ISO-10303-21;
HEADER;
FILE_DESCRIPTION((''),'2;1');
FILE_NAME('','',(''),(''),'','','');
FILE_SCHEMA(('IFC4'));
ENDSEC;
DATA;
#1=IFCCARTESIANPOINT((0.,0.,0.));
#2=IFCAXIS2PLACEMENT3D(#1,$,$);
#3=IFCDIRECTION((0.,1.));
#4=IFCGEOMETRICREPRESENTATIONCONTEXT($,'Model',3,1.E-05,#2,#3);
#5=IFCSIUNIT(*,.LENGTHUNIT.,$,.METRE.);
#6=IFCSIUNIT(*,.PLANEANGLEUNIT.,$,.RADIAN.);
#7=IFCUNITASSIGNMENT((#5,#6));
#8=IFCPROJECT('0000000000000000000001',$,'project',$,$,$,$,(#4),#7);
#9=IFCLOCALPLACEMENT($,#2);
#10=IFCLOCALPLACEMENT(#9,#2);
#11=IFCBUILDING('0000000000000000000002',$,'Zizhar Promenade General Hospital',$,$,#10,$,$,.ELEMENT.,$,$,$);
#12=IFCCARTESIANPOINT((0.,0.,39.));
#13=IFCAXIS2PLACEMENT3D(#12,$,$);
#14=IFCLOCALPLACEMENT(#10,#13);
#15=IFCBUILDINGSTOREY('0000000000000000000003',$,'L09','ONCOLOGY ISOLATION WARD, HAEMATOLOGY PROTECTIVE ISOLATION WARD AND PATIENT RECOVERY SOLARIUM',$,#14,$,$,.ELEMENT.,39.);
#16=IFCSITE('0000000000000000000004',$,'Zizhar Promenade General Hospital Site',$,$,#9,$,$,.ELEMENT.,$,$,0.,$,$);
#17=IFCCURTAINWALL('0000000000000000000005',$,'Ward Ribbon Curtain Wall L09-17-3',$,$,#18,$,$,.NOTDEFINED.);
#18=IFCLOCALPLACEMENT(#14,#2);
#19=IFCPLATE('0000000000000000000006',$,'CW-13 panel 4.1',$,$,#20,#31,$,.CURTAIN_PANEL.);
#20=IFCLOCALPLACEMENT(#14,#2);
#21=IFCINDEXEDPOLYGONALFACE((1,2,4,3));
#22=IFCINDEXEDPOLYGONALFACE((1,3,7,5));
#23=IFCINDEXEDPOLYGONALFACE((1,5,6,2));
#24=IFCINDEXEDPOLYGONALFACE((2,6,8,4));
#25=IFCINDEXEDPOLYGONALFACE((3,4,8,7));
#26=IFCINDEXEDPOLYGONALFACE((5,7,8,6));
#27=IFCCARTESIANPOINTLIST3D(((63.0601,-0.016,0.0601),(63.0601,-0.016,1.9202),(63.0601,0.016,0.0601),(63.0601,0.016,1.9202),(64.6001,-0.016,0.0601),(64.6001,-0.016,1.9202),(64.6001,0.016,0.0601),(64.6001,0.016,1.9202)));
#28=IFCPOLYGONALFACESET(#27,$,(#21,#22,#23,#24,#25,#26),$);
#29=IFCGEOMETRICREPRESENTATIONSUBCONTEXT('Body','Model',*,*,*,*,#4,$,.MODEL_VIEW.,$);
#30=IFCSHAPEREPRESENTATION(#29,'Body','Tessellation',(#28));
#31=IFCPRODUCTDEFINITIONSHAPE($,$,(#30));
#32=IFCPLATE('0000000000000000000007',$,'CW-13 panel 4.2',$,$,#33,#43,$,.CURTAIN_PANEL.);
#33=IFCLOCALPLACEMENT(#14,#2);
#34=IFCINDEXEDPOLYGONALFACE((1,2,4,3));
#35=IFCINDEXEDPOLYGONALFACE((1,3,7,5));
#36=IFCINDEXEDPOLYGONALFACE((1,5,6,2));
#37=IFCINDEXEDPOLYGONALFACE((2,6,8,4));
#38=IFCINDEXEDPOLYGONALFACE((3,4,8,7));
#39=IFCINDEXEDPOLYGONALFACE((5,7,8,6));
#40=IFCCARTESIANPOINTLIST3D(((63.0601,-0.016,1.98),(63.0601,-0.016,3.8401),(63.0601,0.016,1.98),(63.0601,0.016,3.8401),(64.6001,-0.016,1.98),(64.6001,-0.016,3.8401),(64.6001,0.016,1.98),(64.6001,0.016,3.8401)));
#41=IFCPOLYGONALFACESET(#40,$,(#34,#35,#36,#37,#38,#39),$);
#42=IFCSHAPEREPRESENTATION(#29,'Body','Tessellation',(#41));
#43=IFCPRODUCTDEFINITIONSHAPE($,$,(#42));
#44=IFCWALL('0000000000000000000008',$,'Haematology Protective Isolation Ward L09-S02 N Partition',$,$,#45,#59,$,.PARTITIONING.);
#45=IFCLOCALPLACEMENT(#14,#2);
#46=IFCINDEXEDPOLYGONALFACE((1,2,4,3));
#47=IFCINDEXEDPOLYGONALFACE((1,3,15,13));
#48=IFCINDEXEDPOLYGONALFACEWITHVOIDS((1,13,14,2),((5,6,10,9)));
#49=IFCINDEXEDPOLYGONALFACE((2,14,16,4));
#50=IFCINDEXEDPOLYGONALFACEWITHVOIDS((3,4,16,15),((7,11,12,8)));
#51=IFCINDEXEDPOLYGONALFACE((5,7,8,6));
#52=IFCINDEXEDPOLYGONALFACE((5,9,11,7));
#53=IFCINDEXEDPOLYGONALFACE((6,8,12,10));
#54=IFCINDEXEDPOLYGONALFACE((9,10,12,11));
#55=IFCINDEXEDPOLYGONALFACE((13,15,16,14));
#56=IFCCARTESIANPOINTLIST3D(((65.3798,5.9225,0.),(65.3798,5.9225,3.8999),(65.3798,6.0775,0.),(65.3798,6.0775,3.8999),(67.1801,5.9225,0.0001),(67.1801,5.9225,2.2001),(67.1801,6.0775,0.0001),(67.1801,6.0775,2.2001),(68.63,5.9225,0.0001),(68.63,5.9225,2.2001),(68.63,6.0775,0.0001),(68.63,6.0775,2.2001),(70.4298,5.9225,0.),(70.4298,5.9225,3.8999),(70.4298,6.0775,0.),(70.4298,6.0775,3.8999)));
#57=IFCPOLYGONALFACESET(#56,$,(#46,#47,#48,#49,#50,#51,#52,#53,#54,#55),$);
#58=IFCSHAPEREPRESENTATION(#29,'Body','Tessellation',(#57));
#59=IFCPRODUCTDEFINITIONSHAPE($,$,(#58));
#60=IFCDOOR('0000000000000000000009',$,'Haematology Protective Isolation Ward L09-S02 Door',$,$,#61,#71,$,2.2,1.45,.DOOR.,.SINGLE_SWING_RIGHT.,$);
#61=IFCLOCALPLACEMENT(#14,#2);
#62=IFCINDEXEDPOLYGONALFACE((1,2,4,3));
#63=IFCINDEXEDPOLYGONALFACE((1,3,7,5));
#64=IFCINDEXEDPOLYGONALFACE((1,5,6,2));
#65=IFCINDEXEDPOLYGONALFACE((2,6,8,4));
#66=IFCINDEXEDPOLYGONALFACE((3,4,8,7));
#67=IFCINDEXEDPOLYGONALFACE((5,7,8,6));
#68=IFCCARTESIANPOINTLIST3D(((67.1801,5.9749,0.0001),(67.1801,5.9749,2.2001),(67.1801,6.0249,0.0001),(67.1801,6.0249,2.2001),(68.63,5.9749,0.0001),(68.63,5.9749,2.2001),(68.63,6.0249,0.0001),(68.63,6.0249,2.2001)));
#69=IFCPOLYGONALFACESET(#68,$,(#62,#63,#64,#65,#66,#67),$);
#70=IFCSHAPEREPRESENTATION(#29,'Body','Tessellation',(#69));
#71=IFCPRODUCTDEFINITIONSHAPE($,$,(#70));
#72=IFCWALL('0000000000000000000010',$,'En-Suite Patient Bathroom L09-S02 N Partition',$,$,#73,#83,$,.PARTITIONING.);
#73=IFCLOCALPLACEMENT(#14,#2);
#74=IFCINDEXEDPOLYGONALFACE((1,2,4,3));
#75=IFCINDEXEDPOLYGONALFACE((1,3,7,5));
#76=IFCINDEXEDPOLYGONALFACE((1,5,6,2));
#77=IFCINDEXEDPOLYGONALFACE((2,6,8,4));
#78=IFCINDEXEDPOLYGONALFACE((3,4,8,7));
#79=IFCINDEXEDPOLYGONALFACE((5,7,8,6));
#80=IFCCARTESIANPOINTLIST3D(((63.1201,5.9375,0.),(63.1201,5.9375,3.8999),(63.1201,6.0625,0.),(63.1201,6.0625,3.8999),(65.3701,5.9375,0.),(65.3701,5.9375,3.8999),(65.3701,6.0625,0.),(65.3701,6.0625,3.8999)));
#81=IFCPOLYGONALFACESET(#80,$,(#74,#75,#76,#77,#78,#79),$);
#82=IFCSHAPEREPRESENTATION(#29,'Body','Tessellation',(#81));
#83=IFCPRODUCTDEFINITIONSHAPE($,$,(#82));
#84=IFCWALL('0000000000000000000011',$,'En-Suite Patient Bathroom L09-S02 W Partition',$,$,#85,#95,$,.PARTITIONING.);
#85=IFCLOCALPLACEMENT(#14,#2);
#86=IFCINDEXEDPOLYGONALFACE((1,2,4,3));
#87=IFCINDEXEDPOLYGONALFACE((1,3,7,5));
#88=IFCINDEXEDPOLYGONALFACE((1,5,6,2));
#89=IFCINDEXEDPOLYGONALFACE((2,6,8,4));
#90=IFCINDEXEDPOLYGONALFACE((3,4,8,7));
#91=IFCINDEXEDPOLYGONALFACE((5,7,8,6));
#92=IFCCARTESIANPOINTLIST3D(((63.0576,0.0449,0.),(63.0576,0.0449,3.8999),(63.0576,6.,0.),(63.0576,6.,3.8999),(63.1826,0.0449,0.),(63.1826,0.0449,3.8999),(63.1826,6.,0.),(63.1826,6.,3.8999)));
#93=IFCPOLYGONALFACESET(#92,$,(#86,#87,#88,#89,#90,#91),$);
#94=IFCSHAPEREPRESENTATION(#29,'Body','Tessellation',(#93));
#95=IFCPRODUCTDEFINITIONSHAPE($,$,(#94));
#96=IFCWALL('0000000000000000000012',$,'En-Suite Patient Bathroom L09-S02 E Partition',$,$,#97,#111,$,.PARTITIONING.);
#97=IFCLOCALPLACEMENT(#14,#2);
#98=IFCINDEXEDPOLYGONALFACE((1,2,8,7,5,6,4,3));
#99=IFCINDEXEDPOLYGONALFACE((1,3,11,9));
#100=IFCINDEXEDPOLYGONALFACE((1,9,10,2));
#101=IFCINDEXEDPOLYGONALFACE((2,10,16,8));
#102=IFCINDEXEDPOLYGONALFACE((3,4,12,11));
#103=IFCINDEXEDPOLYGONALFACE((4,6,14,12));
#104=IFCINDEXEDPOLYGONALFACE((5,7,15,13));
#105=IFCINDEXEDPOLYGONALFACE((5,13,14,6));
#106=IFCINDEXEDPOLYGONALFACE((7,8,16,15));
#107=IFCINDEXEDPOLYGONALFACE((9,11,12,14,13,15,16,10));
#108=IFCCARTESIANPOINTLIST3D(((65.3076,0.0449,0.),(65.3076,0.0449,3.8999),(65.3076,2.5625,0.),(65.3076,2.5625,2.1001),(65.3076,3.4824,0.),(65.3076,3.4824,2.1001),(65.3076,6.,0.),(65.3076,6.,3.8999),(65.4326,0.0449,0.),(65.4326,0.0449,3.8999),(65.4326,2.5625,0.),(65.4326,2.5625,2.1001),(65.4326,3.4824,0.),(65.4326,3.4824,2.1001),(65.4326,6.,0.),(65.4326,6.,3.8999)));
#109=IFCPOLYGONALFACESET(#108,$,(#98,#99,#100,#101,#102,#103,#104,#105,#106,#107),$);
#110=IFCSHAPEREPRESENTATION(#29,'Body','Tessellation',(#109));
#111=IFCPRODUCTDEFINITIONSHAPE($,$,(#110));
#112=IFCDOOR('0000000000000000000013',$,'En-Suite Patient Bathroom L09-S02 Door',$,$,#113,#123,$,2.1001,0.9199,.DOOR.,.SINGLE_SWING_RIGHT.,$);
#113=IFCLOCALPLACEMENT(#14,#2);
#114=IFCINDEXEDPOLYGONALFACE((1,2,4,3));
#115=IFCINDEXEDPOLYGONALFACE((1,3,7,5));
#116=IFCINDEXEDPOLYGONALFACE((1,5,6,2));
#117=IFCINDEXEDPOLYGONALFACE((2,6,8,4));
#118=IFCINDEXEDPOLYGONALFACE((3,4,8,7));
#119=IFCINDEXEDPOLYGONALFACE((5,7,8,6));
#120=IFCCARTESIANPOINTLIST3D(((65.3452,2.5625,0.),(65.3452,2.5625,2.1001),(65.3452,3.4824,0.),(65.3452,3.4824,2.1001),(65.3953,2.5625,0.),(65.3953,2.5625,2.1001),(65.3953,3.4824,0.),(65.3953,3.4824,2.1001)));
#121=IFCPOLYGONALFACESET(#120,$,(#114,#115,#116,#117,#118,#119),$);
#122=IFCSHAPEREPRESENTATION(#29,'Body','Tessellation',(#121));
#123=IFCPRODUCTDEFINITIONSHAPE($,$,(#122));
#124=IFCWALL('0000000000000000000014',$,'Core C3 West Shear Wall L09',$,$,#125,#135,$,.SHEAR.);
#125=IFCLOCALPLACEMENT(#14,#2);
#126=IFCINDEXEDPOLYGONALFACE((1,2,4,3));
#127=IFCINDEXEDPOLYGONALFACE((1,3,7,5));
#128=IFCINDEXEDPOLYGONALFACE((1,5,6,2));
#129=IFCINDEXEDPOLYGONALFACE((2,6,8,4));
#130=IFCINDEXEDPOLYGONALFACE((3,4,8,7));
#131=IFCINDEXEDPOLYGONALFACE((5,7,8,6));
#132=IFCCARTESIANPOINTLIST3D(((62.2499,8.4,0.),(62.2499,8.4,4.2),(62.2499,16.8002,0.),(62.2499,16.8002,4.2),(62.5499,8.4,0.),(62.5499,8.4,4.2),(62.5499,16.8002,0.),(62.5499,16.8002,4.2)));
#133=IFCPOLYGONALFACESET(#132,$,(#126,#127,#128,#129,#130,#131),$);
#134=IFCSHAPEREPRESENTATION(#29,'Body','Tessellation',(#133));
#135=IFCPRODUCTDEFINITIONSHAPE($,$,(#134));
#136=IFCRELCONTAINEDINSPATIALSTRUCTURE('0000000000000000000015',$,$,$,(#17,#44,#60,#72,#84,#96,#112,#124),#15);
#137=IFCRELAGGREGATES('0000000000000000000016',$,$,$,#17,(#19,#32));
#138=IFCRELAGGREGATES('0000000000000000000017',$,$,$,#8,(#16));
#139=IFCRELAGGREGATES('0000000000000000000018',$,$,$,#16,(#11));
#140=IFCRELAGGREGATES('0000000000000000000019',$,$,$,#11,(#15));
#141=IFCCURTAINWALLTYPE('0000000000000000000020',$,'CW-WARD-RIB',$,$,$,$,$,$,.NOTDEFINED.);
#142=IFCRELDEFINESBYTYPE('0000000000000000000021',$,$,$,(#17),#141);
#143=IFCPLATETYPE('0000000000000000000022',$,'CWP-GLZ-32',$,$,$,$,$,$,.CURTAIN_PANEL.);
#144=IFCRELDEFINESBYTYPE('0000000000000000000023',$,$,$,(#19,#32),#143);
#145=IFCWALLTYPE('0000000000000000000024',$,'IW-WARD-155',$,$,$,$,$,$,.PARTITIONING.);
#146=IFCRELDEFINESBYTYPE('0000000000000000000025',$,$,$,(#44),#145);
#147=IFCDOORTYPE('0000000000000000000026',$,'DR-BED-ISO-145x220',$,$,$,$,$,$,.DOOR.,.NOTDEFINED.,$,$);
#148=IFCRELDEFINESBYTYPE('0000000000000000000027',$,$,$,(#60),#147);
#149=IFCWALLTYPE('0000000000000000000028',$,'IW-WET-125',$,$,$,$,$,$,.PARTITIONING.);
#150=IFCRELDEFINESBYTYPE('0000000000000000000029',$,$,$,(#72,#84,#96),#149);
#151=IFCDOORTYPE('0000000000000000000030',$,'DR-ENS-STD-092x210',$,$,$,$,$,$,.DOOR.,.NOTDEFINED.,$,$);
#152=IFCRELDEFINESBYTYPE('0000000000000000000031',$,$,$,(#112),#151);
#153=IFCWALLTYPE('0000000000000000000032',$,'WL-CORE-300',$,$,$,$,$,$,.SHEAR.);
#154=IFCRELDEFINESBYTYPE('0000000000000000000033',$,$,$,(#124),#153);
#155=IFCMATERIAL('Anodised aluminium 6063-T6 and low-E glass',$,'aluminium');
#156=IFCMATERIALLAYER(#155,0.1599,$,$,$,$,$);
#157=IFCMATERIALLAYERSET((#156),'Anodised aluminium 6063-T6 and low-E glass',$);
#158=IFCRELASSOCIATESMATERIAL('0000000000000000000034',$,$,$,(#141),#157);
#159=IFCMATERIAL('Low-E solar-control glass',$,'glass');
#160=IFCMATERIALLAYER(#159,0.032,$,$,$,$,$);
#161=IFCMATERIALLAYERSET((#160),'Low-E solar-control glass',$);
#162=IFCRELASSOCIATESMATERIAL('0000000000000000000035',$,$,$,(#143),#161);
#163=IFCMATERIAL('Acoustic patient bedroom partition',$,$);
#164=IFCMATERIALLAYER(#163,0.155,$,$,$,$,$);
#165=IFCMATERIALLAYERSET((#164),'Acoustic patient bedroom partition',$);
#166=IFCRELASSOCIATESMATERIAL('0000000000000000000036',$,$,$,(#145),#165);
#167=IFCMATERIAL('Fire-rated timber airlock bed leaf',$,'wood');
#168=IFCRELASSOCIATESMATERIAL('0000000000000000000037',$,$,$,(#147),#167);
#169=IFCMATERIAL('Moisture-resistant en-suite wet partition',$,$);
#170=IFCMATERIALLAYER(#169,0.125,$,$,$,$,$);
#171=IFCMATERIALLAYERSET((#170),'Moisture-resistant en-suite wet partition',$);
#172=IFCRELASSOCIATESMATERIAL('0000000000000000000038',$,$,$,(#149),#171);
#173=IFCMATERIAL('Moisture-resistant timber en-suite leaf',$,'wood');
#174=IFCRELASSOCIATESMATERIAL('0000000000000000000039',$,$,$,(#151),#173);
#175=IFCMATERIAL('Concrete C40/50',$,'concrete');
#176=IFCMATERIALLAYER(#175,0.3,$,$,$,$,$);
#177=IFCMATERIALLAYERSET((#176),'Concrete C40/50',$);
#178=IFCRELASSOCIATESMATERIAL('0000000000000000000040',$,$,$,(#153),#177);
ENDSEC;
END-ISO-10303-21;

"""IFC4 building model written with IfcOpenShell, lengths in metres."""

from ifc_helpers import new_model, si_unit, direction, frame, frame_2d, origin, origin_2d, place, context, subcontext, project, spatial, rectangle, extrude, material, layer, layer_set, type_object, element, fill, aggregate, save


model = new_model("IFC4")

# Units and contexts
model_context = context("Model", 3, precision=1e-05, world=origin(), true_north=direction((0.0, 1.0)))
body_context = subcontext(model_context, "Body", "Model", "MODEL_VIEW")
ifc_project = project(units=[si_unit("LENGTHUNIT", "METRE"), si_unit("PLANEANGLEUNIT", "RADIAN")], contexts=[model_context])

# Site, building, storey
site_placement = place(None, origin())
site = spatial("IfcSite", under=ifc_project, at=site_placement, Name="Zizhar Promenade General Hospital Site", CompositionType="ELEMENT", RefElevation=0.0)
building_placement = place(site_placement, origin())
building = spatial("IfcBuilding", under=site, at=building_placement, Name="Zizhar Promenade General Hospital", CompositionType="ELEMENT")
storey_placement = place(building_placement, frame((0.0, 0.0, 39.0)))
storey = spatial("IfcBuildingStorey", under=building, at=storey_placement, Name="L09", Description="ONCOLOGY ISOLATION WARD, HAEMATOLOGY PROTECTIVE ISOLATION WARD AND PATIENT RECOVERY SOLARIUM", CompositionType="ELEMENT", Elevation=39.0)

# Curtain wall
ifc_material_1 = material(Name="Anodised aluminium 6063-T6 and low-E glass", Category="aluminium")
ifc_layer_1 = layer(ifc_material_1, 0.1599)
ifc_layer_set_1 = layer_set([ifc_layer_1], Name="Anodised aluminium 6063-T6 and low-E glass")
curtain_wall_type = type_object("IfcCurtainWallType", Name="CW-WARD-RIB", PredefinedType="NOTDEFINED", material=ifc_layer_set_1)
curtain_wall_1_placement = place(storey_placement, origin())
curtain_wall_1 = element("IfcCurtainWall", 1, at=curtain_wall_1_placement, inside=storey, type_object=curtain_wall_type, Name="Ward Ribbon Curtain Wall L09-17-3", PredefinedType="NOTDEFINED")

# Plates
ifc_material_2 = material(Name="Low-E solar-control glass", Category="glass")
ifc_layer_2 = layer(ifc_material_2, 0.032)
ifc_layer_set_2 = layer_set([ifc_layer_2], Name="Low-E solar-control glass")
plate_type = type_object("IfcPlateType", Name="CWP-GLZ-32", PredefinedType="CURTAIN_PANEL", material=ifc_layer_set_2)
plate_1_placement = place(storey_placement, frame((63.8301, 0.0, 0.0601), z_axis=(0.0, 0.0, 1.0), x_axis=(-1.0, 0.0, 0.0)))
plate_1 = element("IfcPlate", 2, at=plate_1_placement, type_object=plate_type, Name="CW-13 panel 4.1", PredefinedType="CURTAIN_PANEL", context=body_context, shape_type="SweptSolid", body=[
    extrude(rectangle(XDim=1.54, YDim=0.032, at=origin_2d()), origin(), (0.0, 0.0, 1.0), 1.8601),
])
plate_2_placement = place(storey_placement, frame((63.8301, 0.0, 1.98), z_axis=(0.0, 0.0, 1.0), x_axis=(-1.0, 0.0, 0.0)))
plate_2 = element("IfcPlate", 3, at=plate_2_placement, type_object=plate_type, Name="CW-13 panel 4.2", PredefinedType="CURTAIN_PANEL", context=body_context, shape_type="SweptSolid", body=[
    extrude(rectangle(XDim=1.54, YDim=0.032, at=origin_2d()), origin(), (0.0, 0.0, 1.0), 1.8601),
])
aggregate(curtain_wall_1, [plate_1, plate_2])

# Wall, opening, door
ifc_material_3 = material(Name="Acoustic patient bedroom partition")
ifc_layer_3 = layer(ifc_material_3, 0.155)
ifc_layer_set_3 = layer_set([ifc_layer_3], Name="Acoustic patient bedroom partition")
wall_type_1 = type_object("IfcWallType", Name="IW-WARD-155", PredefinedType="PARTITIONING", material=ifc_layer_set_3)
wall_1_placement = place(storey_placement, frame((65.3799, 6.0, 0.0), z_axis=(0.0, 0.0, 1.0), x_axis=(1.0, 0.0, 0.0)))
wall_1 = element("IfcWall", 4, at=wall_1_placement, inside=storey, type_object=wall_type_1, Name="Haematology Protective Isolation Ward L09-S02 N Partition", PredefinedType="PARTITIONING", context=body_context, shape_type="SweptSolid", body=[
    extrude(rectangle(XDim=5.05, YDim=0.155, at=frame_2d((2.5249, 0.0))), origin(), (0.0, 0.0, 1.0), 3.8999),
])
opening_1_placement = place(wall_1_placement, frame((1.8, 0.0, 0.0)))
opening_1 = element("IfcOpeningElement", 5, at=opening_1_placement, cuts=wall_1, PredefinedType="OPENING", context=body_context, shape_type="SweptSolid", body=[
    extrude(rectangle(XDim=1.45, YDim=2.2, at=frame_2d((0.7251, 1.1001))), frame((0.0, 0.0874, 0.0), z_axis=(0.0, -1.0, 0.0), x_axis=(1.0, 0.0, 0.0)), (0.0, 0.0, 1.0), 0.175),
])
ifc_material_4 = material(Name="Fire-rated timber airlock bed leaf", Category="wood")
door_type_1 = type_object("IfcDoorType", Name="DR-BED-ISO-145x220", OperationType="NOTDEFINED", PredefinedType="DOOR", material=ifc_material_4)
door_1_placement = place(opening_1_placement, origin())
door_1 = element("IfcDoor", 6, at=door_1_placement, inside=storey, type_object=door_type_1, Name="Haematology Protective Isolation Ward L09-S02 Door", OperationType="SINGLE_SWING_RIGHT", OverallHeight=2.2, OverallWidth=1.45, PredefinedType="DOOR", context=body_context, shape_type="SweptSolid", body=[
    extrude(rectangle(XDim=1.45, YDim=2.2, at=frame_2d((0.7251, 1.1001))), frame((0.0, 0.0249, 0.0), z_axis=(0.0, -1.0, 0.0), x_axis=(1.0, 0.0, 0.0)), (0.0, 0.0, 1.0), 0.05),
])
fill(opening_1, door_1)

# Walls
ifc_material_5 = material(Name="Moisture-resistant en-suite wet partition")
ifc_layer_4 = layer(ifc_material_5, 0.125)
ifc_layer_set_4 = layer_set([ifc_layer_4], Name="Moisture-resistant en-suite wet partition")
wall_type_2 = type_object("IfcWallType", Name="IW-WET-125", PredefinedType="PARTITIONING", material=ifc_layer_set_4)
wall_2_placement = place(storey_placement, frame((63.1201, 6.0, 0.0), z_axis=(0.0, 0.0, 1.0), x_axis=(1.0, 0.0, 0.0)))
element("IfcWall", 7, at=wall_2_placement, inside=storey, type_object=wall_type_2, Name="En-Suite Patient Bathroom L09-S02 N Partition", PredefinedType="PARTITIONING", context=body_context, shape_type="SweptSolid", body=[
    extrude(rectangle(XDim=2.25, YDim=0.125, at=frame_2d((1.125, 0.0))), origin(), (0.0, 0.0, 1.0), 3.8999),
])
wall_3_placement = place(storey_placement, frame((63.1201, 0.0449, 0.0), z_axis=(0.0, 0.0, 1.0), x_axis=(0.0, 1.0, 0.0)))
element("IfcWall", 8, at=wall_3_placement, inside=storey, type_object=wall_type_2, Name="En-Suite Patient Bathroom L09-S02 W Partition", PredefinedType="PARTITIONING", context=body_context, shape_type="SweptSolid", body=[
    extrude(rectangle(XDim=5.9551, YDim=0.125, at=frame_2d((2.9775, 0.0))), origin(), (0.0, 0.0, 1.0), 3.8999),
])

# Wall, opening, door
wall_4_placement = place(storey_placement, frame((65.3701, 0.0449, 0.0), z_axis=(0.0, 0.0, 1.0), x_axis=(0.0, 1.0, 0.0)))
wall_4 = element("IfcWall", 9, at=wall_4_placement, inside=storey, type_object=wall_type_2, Name="En-Suite Patient Bathroom L09-S02 E Partition", PredefinedType="PARTITIONING", context=body_context, shape_type="SweptSolid", body=[
    extrude(rectangle(XDim=5.9551, YDim=0.125, at=frame_2d((2.9775, 0.0))), origin(), (0.0, 0.0, 1.0), 3.8999),
])
opening_2_placement = place(wall_4_placement, frame((2.5176, 0.0, 0.0)))
opening_2 = element("IfcOpeningElement", 10, at=opening_2_placement, cuts=wall_4, PredefinedType="OPENING", context=body_context, shape_type="SweptSolid", body=[
    extrude(rectangle(XDim=0.9199, YDim=2.1001, at=frame_2d((0.46, 1.05))), frame((0.0, 0.0725, 0.0), z_axis=(0.0, -1.0, 0.0), x_axis=(1.0, 0.0, 0.0)), (0.0, 0.0, 1.0), 0.145),
])
ifc_material_6 = material(Name="Moisture-resistant timber en-suite leaf", Category="wood")
door_type_2 = type_object("IfcDoorType", Name="DR-ENS-STD-092x210", OperationType="NOTDEFINED", PredefinedType="DOOR", material=ifc_material_6)
door_2_placement = place(opening_2_placement, origin())
door_2 = element("IfcDoor", 11, at=door_2_placement, inside=storey, type_object=door_type_2, Name="En-Suite Patient Bathroom L09-S02 Door", OperationType="SINGLE_SWING_RIGHT", OverallHeight=2.1001, OverallWidth=0.9199, PredefinedType="DOOR", context=body_context, shape_type="SweptSolid", body=[
    extrude(rectangle(XDim=0.9199, YDim=2.1001, at=frame_2d((0.46, 1.05))), frame((0.0, 0.0249, 0.0), z_axis=(0.0, -1.0, 0.0), x_axis=(1.0, 0.0, 0.0)), (0.0, 0.0, 1.0), 0.05),
])
fill(opening_2, door_2)

# Wall
ifc_material_7 = material(Name="Concrete C40/50", Category="concrete")
ifc_layer_5 = layer(ifc_material_7, 0.3)
ifc_layer_set_5 = layer_set([ifc_layer_5], Name="Concrete C40/50")
wall_type_3 = type_object("IfcWallType", Name="WL-CORE-300", PredefinedType="SHEAR", material=ifc_layer_set_5)
wall_5_placement = place(storey_placement, frame((62.3999, 8.3999, 0.0), z_axis=(0.0, 0.0, 1.0), x_axis=(0.0, 1.0, 0.0)))
element("IfcWall", 12, at=wall_5_placement, inside=storey, type_object=wall_type_3, Name="Core C3 West Shear Wall L09", PredefinedType="SHEAR", context=body_context, shape_type="SweptSolid", body=[
    extrude(rectangle(XDim=8.4001, YDim=0.3, at=frame_2d((4.2002, 0.0))), origin(), (0.0, 0.0, 1.0), 4.2),
])

save(model, "model.ifc")
